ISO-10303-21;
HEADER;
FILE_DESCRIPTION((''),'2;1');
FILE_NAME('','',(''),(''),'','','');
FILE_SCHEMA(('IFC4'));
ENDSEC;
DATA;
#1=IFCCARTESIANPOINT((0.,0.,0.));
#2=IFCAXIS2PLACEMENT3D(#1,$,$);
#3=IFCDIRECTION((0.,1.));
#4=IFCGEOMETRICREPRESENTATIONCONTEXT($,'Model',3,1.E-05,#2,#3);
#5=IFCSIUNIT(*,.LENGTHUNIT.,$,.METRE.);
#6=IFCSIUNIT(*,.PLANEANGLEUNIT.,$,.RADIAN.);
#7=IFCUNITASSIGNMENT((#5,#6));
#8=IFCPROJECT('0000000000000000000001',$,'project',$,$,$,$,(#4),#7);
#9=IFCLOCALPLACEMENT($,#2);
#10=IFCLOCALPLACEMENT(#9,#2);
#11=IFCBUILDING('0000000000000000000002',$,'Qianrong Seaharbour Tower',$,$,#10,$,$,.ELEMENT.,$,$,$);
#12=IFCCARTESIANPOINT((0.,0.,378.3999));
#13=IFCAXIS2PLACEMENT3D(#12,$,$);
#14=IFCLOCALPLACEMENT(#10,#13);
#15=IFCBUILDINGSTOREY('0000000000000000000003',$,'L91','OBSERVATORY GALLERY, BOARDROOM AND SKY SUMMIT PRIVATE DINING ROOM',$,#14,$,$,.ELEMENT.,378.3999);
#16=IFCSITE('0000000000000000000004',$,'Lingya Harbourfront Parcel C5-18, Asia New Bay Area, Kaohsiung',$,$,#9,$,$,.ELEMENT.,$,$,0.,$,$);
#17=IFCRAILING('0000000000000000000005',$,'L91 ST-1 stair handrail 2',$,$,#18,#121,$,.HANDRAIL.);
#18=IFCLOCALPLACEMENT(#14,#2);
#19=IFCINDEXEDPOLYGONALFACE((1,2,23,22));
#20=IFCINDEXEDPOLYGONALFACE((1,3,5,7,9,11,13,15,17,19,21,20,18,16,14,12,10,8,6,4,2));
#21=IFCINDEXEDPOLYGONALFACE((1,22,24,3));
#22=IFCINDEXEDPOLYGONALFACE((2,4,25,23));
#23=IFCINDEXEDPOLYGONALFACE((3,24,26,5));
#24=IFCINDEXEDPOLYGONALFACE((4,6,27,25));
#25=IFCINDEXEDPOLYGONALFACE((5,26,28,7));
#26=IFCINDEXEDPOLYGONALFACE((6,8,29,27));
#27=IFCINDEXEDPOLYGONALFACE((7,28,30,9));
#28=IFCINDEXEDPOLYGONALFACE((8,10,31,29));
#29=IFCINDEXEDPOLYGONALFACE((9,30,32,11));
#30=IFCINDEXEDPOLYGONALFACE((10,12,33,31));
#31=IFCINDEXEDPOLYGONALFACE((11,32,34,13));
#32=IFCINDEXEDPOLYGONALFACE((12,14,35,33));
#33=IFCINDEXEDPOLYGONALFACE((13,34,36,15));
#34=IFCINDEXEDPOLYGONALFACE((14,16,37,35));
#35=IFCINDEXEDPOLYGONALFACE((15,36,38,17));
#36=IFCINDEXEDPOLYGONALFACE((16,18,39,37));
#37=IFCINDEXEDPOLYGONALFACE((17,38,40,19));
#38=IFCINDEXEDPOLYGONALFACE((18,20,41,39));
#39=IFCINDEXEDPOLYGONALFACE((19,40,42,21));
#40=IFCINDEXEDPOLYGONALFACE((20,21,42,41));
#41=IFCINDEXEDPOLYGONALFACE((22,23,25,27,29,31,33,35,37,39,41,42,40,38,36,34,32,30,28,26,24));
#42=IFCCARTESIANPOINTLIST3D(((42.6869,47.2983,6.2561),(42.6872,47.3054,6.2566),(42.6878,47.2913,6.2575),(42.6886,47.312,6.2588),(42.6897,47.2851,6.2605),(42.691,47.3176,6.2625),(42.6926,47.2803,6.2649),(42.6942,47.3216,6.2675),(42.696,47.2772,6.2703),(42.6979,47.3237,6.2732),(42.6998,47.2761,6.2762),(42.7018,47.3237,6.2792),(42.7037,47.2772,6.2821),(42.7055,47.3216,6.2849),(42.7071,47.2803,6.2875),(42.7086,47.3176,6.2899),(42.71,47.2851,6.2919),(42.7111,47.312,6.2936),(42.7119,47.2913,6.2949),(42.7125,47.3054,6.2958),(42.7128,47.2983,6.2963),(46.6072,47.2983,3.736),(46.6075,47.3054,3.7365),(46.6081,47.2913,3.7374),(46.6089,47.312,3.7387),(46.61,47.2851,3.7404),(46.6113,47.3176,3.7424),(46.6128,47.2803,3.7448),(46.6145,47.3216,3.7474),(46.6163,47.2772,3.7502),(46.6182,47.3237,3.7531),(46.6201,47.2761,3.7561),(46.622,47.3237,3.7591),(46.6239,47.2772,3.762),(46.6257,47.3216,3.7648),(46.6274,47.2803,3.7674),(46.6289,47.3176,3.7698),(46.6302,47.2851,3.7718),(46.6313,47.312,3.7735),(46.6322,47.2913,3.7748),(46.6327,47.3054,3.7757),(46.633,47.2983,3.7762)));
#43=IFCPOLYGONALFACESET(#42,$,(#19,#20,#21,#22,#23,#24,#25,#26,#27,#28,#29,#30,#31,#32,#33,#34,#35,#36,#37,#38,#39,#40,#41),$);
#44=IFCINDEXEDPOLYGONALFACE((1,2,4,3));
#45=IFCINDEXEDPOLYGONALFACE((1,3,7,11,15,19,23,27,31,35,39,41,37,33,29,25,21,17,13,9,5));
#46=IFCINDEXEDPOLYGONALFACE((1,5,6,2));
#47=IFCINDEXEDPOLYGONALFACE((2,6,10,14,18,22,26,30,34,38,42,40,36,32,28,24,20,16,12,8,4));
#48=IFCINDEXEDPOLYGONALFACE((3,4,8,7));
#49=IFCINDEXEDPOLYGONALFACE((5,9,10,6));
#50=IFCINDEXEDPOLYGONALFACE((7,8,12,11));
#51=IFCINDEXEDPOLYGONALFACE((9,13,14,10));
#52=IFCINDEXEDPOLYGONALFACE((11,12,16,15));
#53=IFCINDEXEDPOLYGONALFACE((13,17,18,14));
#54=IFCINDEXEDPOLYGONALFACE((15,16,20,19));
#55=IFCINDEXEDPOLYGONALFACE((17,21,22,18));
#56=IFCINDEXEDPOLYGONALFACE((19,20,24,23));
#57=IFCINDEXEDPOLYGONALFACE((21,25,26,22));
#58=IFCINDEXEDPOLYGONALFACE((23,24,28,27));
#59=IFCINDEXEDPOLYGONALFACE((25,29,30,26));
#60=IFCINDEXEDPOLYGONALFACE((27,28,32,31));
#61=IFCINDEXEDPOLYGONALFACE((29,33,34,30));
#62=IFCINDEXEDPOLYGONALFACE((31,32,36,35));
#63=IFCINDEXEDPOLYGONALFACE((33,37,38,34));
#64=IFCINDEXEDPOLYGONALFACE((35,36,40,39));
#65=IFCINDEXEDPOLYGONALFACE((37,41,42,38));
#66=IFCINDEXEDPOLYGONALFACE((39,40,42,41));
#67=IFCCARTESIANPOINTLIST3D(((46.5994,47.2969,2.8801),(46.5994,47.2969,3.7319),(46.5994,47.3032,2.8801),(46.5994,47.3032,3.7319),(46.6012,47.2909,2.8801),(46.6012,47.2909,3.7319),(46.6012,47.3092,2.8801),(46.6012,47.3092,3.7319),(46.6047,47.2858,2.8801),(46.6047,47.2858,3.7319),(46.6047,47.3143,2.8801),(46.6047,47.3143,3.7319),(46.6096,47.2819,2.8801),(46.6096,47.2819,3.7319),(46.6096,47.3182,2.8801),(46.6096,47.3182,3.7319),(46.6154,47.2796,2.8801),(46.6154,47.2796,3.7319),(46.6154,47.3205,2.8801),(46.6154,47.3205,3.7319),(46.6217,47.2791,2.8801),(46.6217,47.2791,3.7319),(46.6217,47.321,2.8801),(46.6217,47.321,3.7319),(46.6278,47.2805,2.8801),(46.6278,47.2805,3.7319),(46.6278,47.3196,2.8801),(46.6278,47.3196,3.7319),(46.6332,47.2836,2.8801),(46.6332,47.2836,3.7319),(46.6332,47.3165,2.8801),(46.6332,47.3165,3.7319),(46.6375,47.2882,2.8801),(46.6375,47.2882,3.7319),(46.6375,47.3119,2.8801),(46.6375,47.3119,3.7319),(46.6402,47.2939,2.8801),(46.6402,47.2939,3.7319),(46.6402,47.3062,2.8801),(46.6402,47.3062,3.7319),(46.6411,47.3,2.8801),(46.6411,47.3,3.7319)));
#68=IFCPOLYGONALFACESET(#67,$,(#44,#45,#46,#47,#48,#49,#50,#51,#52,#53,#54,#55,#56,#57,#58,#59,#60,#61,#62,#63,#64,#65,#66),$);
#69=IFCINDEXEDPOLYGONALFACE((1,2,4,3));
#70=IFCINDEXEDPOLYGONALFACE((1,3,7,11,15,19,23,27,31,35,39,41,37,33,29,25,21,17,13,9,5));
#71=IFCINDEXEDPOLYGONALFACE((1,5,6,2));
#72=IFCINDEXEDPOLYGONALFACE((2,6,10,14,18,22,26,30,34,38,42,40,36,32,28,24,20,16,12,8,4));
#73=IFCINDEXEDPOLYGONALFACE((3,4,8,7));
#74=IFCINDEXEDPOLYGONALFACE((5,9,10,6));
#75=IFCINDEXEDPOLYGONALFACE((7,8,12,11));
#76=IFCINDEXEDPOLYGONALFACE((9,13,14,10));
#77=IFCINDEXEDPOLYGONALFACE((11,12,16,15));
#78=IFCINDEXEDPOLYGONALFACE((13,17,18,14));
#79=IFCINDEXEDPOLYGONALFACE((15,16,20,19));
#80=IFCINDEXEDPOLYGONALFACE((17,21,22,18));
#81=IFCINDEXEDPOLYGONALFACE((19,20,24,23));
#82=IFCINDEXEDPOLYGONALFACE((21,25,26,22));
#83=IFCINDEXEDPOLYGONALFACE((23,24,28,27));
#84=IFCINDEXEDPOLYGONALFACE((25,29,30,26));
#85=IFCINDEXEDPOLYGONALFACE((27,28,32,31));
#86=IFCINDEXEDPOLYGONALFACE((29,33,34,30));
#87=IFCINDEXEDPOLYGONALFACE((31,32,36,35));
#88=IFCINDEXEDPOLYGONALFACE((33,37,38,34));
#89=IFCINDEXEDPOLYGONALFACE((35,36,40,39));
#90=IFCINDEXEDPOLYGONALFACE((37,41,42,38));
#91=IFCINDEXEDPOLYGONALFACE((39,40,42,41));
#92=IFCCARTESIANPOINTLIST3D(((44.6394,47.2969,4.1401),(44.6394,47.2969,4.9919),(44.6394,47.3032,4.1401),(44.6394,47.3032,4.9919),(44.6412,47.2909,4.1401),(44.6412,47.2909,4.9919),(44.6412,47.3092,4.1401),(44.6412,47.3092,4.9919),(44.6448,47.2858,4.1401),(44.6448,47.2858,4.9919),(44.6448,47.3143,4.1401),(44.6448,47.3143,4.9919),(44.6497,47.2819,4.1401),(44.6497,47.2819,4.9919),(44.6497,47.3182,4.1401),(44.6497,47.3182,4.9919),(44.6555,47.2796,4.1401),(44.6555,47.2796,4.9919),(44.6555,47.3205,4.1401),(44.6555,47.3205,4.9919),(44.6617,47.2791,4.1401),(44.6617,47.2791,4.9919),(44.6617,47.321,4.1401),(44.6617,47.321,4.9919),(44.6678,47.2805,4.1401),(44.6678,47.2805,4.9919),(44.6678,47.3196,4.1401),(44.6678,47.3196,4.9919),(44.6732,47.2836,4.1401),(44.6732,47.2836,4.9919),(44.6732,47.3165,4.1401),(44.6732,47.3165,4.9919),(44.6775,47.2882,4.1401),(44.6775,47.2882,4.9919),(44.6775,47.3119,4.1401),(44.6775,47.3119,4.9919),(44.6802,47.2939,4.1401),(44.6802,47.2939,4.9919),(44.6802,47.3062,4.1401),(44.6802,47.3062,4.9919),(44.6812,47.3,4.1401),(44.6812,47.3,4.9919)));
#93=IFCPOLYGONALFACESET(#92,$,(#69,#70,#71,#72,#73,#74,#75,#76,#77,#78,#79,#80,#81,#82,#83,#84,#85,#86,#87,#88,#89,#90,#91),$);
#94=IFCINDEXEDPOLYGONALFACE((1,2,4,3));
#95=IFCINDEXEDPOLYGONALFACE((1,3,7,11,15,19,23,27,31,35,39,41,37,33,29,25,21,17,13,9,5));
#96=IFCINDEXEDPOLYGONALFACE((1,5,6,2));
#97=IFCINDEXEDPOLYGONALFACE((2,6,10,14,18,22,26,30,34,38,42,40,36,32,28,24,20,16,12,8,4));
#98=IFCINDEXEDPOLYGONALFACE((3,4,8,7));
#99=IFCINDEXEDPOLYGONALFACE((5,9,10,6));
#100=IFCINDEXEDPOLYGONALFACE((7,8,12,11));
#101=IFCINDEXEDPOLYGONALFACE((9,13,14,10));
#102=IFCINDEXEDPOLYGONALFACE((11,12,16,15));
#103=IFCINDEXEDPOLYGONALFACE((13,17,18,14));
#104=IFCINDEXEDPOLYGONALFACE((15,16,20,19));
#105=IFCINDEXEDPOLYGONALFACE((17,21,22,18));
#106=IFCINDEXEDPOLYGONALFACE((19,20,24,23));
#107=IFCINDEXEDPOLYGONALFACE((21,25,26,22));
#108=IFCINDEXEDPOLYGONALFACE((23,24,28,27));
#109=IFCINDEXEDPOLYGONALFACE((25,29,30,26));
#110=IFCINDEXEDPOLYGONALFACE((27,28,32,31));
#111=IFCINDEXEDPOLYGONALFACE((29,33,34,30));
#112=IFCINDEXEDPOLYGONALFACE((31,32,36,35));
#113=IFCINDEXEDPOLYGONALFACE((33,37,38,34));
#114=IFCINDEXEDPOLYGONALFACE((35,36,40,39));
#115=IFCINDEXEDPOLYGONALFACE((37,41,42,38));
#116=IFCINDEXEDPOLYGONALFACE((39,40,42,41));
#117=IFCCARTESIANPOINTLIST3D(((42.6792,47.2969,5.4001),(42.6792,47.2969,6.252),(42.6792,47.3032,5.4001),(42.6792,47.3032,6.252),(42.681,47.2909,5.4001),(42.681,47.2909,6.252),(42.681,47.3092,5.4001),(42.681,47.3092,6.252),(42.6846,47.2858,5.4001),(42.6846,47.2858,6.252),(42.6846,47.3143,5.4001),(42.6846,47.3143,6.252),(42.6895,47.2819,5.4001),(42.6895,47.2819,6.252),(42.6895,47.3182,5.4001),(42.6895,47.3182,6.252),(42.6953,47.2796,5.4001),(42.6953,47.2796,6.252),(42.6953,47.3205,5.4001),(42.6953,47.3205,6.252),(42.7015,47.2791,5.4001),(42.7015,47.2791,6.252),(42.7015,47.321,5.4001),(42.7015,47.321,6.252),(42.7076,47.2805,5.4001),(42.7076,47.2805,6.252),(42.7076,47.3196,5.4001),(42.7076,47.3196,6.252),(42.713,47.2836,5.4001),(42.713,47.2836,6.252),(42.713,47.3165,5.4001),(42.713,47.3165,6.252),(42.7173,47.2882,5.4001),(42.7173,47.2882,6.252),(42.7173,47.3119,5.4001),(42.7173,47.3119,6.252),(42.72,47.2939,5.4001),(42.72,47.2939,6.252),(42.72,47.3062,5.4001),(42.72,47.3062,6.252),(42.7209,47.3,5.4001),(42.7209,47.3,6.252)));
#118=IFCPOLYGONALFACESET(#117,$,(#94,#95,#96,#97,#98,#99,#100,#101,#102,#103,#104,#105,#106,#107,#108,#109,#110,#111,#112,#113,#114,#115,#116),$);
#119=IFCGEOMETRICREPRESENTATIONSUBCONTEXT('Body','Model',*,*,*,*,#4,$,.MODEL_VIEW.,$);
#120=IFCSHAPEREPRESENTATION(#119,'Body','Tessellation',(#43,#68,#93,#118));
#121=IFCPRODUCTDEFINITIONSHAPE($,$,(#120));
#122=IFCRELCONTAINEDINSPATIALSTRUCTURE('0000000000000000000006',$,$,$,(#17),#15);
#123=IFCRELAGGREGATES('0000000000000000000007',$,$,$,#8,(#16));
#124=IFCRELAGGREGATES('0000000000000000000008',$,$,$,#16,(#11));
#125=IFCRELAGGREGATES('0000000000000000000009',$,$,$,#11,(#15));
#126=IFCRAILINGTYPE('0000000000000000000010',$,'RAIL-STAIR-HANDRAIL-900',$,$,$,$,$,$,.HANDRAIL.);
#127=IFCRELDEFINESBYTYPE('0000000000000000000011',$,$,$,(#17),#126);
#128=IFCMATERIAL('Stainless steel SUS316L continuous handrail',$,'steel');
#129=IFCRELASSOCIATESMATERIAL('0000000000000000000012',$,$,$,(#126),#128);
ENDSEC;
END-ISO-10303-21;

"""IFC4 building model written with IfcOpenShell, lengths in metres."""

from ifc_helpers import new_model, si_unit, direction, frame, origin, origin_2d, place, context, subcontext, project, spatial, circle, extrude, material, type_object, element, save


model = new_model("IFC4")

# Units and contexts
model_context = context("Model", 3, precision=1e-05, world=origin(), true_north=direction((0.0, 1.0)))
body_context = subcontext(model_context, "Body", "Model", "MODEL_VIEW")
ifc_project = project(units=[si_unit("LENGTHUNIT", "METRE"), si_unit("PLANEANGLEUNIT", "RADIAN")], contexts=[model_context])

# Site, building, storey
site_placement = place(None, origin())
site = spatial("IfcSite", under=ifc_project, at=site_placement, Name="Lingya Harbourfront Parcel C5-18, Asia New Bay Area, Kaohsiung", CompositionType="ELEMENT", RefElevation=0.0)
building_placement = place(site_placement, origin())
building = spatial("IfcBuilding", under=site, at=building_placement, Name="Qianrong Seaharbour Tower", CompositionType="ELEMENT")
storey_placement = place(building_placement, frame((0.0, 0.0, 378.3999)))
storey = spatial("IfcBuildingStorey", under=building, at=storey_placement, Name="L91", Description="OBSERVATORY GALLERY, BOARDROOM AND SKY SUMMIT PRIVATE DINING ROOM", CompositionType="ELEMENT", Elevation=378.3999)

# Railing
ifc_material_1 = material(Name="Stainless steel SUS316L continuous handrail", Category="steel")
railing_type_1 = type_object("IfcRailingType", Name="RAIL-STAIR-HANDRAIL-900", PredefinedType="HANDRAIL", material=ifc_material_1)
railing_1_placement = place(storey_placement, frame((46.6201, 47.3, 2.8801)))
element("IfcRailing", 1, at=railing_1_placement, inside=storey, type_object=railing_type_1, Name="L91 ST-1 stair handrail 2", PredefinedType="HANDRAIL", context=body_context, shape_type="SweptSolid", body=[
    extrude(circle(Radius=0.0239, at=origin_2d()), frame((0.0, 0.0, 0.876), z_axis=(-0.841187, 0.0, 0.540744), x_axis=(0.0, -1.0, 0.0)), (0.0, 0.0, 1.0), 4.6604),
    extrude(circle(Radius=0.021, at=origin_2d()), origin(), (0.0, 0.0, 1.0), 0.8518),
    extrude(circle(Radius=0.021, at=origin_2d()), frame((-1.96, 0.0, 1.26)), (0.0, 0.0, 1.0), 0.8518),
    extrude(circle(Radius=0.021, at=origin_2d()), frame((-3.9202, 0.0, 2.52)), (0.0, 0.0, 1.0), 0.8518),
])

save(model, "model.ifc")
